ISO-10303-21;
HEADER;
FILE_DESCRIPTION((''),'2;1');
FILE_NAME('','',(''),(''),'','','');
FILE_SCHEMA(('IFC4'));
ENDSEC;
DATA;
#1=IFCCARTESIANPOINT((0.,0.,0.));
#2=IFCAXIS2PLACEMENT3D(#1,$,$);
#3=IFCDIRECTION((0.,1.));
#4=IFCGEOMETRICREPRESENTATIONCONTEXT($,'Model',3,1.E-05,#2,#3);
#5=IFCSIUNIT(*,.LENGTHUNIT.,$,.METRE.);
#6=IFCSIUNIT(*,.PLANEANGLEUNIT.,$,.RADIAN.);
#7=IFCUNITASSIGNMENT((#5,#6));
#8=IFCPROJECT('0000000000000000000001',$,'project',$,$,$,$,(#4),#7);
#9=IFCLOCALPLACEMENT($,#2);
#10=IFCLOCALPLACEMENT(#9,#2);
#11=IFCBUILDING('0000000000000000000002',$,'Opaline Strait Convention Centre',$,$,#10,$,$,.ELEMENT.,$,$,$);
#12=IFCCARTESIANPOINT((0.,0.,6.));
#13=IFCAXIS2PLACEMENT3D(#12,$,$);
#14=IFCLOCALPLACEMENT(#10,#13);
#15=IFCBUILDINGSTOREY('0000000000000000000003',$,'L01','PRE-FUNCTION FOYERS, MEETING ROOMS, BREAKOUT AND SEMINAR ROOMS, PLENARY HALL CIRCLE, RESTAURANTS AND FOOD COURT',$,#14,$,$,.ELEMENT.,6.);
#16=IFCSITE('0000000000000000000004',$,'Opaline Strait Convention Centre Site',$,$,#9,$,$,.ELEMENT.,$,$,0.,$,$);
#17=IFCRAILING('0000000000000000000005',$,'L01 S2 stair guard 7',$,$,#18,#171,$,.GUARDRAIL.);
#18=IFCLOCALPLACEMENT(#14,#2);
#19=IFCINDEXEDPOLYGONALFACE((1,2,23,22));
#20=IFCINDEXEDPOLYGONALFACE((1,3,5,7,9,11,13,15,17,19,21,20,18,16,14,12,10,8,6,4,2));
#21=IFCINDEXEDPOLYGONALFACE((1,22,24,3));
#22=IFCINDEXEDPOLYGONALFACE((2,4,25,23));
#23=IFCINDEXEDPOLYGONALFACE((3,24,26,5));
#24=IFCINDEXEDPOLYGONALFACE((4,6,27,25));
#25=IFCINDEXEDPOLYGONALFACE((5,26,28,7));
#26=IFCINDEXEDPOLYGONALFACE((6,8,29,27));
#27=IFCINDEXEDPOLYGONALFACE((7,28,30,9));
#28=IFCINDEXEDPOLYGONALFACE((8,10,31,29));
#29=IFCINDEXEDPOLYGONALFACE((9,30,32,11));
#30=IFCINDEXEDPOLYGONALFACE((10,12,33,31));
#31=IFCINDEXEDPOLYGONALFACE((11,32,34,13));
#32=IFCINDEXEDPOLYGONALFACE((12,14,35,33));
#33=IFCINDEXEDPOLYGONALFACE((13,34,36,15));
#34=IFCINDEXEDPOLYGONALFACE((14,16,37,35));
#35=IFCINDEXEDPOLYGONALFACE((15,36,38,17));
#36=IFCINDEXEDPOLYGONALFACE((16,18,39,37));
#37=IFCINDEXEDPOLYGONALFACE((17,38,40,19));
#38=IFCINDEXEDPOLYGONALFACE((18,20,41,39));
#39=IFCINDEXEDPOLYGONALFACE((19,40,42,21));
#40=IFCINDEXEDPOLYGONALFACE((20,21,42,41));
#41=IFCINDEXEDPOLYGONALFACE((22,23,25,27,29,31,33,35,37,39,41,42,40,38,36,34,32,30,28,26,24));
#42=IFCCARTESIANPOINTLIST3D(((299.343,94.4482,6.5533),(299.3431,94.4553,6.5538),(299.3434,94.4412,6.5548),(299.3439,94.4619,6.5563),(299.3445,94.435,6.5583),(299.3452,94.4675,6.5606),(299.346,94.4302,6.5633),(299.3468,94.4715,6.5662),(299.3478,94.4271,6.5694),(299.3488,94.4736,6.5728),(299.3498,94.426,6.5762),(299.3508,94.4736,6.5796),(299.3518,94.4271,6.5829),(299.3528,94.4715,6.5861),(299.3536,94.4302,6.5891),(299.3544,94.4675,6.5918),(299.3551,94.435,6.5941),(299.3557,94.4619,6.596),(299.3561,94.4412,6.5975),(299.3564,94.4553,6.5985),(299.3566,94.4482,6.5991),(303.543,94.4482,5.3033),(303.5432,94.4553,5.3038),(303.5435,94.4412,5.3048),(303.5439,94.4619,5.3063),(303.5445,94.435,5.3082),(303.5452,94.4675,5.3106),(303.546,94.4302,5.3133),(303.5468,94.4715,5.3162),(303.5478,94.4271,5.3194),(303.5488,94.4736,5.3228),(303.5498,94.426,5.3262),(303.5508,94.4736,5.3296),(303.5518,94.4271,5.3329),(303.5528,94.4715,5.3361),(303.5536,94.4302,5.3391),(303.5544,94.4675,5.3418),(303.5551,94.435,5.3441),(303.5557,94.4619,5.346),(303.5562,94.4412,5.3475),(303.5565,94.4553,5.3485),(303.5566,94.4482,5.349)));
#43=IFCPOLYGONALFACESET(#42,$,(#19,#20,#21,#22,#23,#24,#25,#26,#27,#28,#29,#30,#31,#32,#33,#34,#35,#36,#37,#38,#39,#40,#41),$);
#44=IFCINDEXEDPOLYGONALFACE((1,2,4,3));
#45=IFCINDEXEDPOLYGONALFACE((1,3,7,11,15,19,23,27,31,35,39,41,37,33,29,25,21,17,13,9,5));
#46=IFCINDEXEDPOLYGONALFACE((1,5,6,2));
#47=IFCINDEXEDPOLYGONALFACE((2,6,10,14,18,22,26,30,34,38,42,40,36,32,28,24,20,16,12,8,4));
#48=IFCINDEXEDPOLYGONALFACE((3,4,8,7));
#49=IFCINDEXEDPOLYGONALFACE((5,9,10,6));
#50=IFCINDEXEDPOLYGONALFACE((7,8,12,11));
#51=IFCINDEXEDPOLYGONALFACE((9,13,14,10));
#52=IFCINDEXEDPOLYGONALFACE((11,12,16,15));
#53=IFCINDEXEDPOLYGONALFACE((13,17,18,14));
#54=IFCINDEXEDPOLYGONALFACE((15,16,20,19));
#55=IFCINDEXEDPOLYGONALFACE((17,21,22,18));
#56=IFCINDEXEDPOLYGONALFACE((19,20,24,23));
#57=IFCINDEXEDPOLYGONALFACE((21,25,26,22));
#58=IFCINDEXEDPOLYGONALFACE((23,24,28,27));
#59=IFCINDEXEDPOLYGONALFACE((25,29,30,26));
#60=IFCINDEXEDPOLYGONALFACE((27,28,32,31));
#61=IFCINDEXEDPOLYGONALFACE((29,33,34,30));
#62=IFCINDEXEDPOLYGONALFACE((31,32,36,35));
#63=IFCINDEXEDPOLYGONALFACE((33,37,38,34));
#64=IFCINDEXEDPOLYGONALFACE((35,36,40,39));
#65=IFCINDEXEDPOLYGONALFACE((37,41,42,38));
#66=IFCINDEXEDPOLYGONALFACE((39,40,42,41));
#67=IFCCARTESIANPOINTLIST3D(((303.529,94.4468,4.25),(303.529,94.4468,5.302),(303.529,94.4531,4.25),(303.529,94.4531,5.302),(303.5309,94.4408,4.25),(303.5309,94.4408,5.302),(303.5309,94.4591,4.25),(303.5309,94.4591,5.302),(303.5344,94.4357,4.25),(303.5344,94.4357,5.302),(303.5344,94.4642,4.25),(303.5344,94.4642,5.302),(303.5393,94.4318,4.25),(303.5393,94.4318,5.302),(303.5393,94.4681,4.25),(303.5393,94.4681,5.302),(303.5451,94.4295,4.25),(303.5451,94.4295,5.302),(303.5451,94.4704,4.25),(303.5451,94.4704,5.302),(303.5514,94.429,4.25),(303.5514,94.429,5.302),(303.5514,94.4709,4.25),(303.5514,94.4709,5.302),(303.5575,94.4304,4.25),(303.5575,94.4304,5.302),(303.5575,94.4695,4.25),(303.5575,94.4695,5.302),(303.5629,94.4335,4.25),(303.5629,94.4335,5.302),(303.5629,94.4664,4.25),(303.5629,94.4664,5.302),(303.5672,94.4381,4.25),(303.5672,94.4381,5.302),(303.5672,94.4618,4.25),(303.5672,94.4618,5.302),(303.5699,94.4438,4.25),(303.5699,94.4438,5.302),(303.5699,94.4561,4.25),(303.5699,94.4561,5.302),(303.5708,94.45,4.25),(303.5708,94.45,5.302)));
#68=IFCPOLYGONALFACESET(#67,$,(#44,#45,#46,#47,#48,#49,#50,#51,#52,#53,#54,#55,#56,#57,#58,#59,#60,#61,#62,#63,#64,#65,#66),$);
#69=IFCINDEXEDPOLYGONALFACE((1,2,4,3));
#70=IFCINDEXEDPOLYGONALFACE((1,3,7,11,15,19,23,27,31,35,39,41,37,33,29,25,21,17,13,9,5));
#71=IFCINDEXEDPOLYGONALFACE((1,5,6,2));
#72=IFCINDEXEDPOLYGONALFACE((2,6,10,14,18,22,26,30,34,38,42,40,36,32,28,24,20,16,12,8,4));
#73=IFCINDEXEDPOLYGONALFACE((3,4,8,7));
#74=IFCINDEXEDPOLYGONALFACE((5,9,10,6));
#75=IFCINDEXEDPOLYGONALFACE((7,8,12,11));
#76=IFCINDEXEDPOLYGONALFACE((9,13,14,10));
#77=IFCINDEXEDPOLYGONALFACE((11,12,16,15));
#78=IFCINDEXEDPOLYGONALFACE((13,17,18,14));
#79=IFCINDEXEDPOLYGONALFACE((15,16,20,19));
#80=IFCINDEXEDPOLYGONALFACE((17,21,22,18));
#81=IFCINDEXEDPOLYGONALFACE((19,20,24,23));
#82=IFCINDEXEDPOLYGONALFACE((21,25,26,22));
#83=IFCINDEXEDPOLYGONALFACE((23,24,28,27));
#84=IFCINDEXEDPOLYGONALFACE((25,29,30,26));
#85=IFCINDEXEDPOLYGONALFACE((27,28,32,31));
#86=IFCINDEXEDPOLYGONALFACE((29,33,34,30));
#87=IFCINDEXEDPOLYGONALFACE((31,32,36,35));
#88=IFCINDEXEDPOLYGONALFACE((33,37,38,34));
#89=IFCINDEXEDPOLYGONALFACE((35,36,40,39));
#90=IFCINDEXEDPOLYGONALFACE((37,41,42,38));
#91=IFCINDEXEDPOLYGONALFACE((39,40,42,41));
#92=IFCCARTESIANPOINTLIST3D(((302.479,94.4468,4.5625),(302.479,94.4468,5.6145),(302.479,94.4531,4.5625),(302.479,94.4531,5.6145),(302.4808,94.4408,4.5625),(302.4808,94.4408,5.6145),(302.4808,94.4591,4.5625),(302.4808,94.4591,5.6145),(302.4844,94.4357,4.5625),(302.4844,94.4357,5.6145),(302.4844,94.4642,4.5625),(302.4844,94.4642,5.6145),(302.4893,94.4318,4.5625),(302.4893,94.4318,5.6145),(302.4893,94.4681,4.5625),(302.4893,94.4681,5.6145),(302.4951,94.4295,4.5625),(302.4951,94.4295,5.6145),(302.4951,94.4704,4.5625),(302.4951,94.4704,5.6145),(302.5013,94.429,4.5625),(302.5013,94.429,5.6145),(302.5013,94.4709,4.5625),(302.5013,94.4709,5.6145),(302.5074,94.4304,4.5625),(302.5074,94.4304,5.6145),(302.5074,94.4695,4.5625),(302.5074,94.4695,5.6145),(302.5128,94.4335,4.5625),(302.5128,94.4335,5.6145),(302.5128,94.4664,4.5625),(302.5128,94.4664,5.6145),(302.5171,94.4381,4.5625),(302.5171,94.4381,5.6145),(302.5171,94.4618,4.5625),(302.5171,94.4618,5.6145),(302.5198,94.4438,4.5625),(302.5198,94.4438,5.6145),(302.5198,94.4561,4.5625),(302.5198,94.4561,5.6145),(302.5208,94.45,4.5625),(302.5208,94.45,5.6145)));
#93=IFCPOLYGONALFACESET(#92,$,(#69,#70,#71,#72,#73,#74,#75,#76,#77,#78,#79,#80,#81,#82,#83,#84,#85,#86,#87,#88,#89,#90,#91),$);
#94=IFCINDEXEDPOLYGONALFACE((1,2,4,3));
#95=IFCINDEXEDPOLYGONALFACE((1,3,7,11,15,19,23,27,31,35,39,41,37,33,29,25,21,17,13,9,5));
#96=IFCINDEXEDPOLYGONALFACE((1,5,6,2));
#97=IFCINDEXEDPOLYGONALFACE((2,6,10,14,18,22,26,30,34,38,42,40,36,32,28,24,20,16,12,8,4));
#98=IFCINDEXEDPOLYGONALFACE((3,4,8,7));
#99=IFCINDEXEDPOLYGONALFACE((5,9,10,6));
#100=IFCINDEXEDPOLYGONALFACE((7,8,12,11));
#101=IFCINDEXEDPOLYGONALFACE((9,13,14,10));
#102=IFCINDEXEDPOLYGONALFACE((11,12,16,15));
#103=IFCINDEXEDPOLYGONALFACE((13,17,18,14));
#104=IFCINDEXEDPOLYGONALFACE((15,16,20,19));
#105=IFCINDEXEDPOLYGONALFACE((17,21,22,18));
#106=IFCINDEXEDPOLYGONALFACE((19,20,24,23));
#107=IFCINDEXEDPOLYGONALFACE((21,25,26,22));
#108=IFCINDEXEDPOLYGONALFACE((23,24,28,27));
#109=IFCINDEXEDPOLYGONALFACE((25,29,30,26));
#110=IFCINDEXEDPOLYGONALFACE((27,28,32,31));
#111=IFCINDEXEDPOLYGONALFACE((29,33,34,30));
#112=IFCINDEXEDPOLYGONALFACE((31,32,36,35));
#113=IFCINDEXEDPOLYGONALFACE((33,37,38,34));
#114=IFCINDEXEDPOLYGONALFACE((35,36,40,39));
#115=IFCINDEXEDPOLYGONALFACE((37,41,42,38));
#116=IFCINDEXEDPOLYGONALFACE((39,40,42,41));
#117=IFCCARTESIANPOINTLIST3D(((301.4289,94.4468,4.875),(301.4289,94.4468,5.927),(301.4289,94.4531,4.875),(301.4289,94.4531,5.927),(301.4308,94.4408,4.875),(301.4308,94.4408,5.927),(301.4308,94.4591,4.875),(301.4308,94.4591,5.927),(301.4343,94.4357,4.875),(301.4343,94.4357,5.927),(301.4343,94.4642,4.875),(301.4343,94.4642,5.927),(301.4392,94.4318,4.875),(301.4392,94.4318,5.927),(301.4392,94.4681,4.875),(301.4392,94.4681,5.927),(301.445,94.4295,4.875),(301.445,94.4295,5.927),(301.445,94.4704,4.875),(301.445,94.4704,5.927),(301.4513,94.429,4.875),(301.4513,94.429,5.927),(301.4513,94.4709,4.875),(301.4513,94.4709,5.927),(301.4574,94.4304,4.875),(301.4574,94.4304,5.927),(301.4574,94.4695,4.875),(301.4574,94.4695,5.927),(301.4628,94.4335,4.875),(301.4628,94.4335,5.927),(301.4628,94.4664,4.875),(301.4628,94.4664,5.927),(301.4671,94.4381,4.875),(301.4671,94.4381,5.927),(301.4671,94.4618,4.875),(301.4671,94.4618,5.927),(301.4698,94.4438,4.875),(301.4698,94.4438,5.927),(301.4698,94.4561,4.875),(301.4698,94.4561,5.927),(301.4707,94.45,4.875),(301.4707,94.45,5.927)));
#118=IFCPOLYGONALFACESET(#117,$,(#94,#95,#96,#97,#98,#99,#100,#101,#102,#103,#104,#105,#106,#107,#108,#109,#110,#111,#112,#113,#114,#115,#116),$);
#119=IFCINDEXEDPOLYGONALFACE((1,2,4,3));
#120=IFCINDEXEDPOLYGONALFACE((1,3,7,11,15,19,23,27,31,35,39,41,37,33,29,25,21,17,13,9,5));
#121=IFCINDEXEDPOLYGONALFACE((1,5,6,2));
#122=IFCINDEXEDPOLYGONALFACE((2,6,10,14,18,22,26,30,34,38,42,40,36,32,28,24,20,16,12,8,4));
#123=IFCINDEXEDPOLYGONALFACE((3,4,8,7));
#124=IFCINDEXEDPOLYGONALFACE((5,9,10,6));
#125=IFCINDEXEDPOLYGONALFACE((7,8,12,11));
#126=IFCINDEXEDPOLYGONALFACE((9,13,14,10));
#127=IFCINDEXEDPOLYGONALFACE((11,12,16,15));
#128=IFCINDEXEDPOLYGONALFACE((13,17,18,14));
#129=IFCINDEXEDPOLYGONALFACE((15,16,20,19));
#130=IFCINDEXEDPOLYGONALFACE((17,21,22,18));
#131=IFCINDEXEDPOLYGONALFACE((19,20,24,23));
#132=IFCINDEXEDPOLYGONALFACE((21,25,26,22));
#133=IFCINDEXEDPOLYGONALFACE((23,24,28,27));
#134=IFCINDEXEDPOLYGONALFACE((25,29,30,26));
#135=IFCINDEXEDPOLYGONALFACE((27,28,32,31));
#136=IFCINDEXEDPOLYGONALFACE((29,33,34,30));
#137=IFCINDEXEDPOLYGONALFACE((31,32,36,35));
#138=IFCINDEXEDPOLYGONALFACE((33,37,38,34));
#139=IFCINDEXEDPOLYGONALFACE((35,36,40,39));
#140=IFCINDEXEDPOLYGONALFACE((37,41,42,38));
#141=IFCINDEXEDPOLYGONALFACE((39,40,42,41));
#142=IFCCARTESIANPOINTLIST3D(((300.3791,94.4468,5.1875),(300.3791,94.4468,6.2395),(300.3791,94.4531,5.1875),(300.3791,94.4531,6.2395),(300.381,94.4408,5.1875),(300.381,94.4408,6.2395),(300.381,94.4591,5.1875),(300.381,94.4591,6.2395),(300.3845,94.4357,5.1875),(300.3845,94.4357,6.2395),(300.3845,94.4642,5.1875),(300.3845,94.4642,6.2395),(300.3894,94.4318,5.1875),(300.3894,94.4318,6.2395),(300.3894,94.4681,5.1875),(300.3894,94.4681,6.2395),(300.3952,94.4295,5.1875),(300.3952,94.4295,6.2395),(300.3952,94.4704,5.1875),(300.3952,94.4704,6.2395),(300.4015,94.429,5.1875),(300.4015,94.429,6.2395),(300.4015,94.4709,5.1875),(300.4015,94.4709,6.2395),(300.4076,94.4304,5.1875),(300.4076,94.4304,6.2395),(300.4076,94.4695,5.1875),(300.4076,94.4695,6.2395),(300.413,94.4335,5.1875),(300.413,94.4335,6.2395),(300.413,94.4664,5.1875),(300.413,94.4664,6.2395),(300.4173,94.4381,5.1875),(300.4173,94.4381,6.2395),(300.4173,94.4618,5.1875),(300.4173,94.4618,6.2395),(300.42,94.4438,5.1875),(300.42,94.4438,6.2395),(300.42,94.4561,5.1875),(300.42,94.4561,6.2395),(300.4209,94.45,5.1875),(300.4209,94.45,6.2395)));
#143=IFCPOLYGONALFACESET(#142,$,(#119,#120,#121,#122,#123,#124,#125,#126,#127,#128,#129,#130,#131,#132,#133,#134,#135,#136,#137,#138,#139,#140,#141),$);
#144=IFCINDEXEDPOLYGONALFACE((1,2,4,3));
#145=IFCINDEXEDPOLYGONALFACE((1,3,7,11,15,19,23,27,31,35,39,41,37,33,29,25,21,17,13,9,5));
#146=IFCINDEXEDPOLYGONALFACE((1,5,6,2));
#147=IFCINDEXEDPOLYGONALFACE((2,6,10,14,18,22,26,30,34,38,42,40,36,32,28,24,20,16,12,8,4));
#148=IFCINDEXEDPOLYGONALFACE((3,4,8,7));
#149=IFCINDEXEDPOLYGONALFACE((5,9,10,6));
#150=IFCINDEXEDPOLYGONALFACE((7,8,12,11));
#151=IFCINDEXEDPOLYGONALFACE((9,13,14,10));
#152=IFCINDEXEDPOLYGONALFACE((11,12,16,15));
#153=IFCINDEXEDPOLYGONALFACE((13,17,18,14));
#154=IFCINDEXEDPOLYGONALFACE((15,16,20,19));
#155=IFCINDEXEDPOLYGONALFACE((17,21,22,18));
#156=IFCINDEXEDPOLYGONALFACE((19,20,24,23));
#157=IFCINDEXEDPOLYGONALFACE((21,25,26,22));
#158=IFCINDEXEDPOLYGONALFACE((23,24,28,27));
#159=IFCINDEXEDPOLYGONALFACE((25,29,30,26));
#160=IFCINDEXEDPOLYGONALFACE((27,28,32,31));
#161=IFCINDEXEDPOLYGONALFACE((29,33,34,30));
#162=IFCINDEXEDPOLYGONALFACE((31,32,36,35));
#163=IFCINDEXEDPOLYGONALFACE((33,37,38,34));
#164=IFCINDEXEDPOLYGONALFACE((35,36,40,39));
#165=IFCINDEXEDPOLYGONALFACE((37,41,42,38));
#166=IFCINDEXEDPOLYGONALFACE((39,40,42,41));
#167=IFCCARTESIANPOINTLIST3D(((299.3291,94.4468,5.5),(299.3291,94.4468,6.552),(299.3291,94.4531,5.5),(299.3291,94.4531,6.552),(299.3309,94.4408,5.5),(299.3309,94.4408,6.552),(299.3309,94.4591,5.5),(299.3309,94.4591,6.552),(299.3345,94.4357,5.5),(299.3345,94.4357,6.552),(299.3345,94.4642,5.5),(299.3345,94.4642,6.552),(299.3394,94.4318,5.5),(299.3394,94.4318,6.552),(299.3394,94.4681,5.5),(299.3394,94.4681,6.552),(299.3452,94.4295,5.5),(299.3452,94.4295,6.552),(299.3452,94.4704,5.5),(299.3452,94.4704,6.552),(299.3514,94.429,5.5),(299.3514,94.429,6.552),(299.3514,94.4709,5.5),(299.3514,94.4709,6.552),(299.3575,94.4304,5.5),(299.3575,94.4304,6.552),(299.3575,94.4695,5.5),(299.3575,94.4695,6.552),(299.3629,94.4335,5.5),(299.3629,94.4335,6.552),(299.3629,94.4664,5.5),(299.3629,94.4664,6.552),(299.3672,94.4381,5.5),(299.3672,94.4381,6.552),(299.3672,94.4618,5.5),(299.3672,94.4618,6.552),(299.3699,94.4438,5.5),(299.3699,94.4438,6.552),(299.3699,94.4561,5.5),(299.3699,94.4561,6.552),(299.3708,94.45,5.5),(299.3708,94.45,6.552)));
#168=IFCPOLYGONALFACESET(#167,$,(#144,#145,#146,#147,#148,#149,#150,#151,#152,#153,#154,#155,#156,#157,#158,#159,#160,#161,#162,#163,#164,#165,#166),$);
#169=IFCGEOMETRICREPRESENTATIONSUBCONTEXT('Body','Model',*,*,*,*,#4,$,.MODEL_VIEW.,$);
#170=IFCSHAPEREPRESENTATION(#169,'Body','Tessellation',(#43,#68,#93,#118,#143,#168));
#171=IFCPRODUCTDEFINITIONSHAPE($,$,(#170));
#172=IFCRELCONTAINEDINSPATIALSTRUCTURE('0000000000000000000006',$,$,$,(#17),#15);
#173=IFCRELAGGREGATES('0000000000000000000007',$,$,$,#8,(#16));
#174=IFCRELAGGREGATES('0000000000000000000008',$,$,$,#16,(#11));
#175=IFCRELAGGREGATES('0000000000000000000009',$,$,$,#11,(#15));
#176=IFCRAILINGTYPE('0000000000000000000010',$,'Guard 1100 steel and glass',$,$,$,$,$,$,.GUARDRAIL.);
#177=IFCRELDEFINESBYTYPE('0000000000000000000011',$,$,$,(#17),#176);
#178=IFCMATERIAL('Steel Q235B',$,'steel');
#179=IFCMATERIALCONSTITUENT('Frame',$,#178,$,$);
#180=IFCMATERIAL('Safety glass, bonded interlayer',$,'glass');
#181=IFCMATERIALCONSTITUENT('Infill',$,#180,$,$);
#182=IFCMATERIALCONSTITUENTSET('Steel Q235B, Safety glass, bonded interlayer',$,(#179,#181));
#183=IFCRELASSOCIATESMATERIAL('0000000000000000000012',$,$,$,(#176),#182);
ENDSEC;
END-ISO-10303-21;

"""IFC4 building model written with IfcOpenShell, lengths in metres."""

from ifc_helpers import new_model, si_unit, direction, frame, origin, origin_2d, place, context, subcontext, project, spatial, circle, extrude, material, constituent, constituent_set, type_object, element, save


model = new_model("IFC4")

# Units and contexts
model_context = context("Model", 3, precision=1e-05, world=origin(), true_north=direction((0.0, 1.0)))
body_context = subcontext(model_context, "Body", "Model", "MODEL_VIEW")
ifc_project = project(units=[si_unit("LENGTHUNIT", "METRE"), si_unit("PLANEANGLEUNIT", "RADIAN")], contexts=[model_context])

# Site, building, storey
site_placement = place(None, origin())
site = spatial("IfcSite", under=ifc_project, at=site_placement, Name="Opaline Strait Convention Centre Site", CompositionType="ELEMENT", RefElevation=0.0)
building_placement = place(site_placement, origin())
building = spatial("IfcBuilding", under=site, at=building_placement, Name="Opaline Strait Convention Centre", CompositionType="ELEMENT")
storey_placement = place(building_placement, frame((0.0, 0.0, 6.0)))
storey = spatial("IfcBuildingStorey", under=building, at=storey_placement, Name="L01", Description="PRE-FUNCTION FOYERS, MEETING ROOMS, BREAKOUT AND SEMINAR ROOMS, PLENARY HALL CIRCLE, RESTAURANTS AND FOOD COURT", CompositionType="ELEMENT", Elevation=6.0)

# Railing
ifc_material_1 = material(Name="Steel Q235B", Category="steel")
ifc_constituent_1 = constituent(ifc_material_1, Name="Frame")
ifc_material_2 = material(Name="Safety glass, bonded interlayer", Category="glass")
ifc_constituent_2 = constituent(ifc_material_2, Name="Infill")
ifc_constituent_set = constituent_set(constituents=[ifc_constituent_1, ifc_constituent_2], Name="Steel Q235B, Safety glass, bonded interlayer")
railing_type_1 = type_object("IfcRailingType", Name="Guard 1100 steel and glass", PredefinedType="GUARDRAIL", material=ifc_constituent_set)
railing_1_placement = place(storey_placement, frame((303.5498, 94.45, 4.25)))
element("IfcRailing", 1, at=railing_1_placement, inside=storey, type_object=railing_type_1, Name="L01 S2 stair guard 7", PredefinedType="GUARDRAIL", context=body_context, shape_type="SweptSolid", body=[
    extrude(circle(Radius=0.0239, at=origin_2d()), frame((0.0, 0.0, 1.0762), z_axis=(-0.958451, 0.0, 0.285257), x_axis=(0.0, -1.0, 0.0)), (0.0, 0.0, 1.0), 4.3821),
    extrude(circle(Radius=0.021, at=origin_2d()), origin(), (0.0, 0.0, 1.0), 1.052),
    extrude(circle(Radius=0.021, at=origin_2d()), frame((-1.05, 0.0, 0.3125)), (0.0, 0.0, 1.0), 1.052),
    extrude(circle(Radius=0.021, at=origin_2d()), frame((-2.1001, 0.0, 0.625)), (0.0, 0.0, 1.0), 1.052),
    extrude(circle(Radius=0.021, at=origin_2d()), frame((-3.1499, 0.0, 0.9375)), (0.0, 0.0, 1.0), 1.052),
    extrude(circle(Radius=0.021, at=origin_2d()), frame((-4.2, 0.0, 1.25)), (0.0, 0.0, 1.0), 1.052),
])

save(model, "model.ifc")
